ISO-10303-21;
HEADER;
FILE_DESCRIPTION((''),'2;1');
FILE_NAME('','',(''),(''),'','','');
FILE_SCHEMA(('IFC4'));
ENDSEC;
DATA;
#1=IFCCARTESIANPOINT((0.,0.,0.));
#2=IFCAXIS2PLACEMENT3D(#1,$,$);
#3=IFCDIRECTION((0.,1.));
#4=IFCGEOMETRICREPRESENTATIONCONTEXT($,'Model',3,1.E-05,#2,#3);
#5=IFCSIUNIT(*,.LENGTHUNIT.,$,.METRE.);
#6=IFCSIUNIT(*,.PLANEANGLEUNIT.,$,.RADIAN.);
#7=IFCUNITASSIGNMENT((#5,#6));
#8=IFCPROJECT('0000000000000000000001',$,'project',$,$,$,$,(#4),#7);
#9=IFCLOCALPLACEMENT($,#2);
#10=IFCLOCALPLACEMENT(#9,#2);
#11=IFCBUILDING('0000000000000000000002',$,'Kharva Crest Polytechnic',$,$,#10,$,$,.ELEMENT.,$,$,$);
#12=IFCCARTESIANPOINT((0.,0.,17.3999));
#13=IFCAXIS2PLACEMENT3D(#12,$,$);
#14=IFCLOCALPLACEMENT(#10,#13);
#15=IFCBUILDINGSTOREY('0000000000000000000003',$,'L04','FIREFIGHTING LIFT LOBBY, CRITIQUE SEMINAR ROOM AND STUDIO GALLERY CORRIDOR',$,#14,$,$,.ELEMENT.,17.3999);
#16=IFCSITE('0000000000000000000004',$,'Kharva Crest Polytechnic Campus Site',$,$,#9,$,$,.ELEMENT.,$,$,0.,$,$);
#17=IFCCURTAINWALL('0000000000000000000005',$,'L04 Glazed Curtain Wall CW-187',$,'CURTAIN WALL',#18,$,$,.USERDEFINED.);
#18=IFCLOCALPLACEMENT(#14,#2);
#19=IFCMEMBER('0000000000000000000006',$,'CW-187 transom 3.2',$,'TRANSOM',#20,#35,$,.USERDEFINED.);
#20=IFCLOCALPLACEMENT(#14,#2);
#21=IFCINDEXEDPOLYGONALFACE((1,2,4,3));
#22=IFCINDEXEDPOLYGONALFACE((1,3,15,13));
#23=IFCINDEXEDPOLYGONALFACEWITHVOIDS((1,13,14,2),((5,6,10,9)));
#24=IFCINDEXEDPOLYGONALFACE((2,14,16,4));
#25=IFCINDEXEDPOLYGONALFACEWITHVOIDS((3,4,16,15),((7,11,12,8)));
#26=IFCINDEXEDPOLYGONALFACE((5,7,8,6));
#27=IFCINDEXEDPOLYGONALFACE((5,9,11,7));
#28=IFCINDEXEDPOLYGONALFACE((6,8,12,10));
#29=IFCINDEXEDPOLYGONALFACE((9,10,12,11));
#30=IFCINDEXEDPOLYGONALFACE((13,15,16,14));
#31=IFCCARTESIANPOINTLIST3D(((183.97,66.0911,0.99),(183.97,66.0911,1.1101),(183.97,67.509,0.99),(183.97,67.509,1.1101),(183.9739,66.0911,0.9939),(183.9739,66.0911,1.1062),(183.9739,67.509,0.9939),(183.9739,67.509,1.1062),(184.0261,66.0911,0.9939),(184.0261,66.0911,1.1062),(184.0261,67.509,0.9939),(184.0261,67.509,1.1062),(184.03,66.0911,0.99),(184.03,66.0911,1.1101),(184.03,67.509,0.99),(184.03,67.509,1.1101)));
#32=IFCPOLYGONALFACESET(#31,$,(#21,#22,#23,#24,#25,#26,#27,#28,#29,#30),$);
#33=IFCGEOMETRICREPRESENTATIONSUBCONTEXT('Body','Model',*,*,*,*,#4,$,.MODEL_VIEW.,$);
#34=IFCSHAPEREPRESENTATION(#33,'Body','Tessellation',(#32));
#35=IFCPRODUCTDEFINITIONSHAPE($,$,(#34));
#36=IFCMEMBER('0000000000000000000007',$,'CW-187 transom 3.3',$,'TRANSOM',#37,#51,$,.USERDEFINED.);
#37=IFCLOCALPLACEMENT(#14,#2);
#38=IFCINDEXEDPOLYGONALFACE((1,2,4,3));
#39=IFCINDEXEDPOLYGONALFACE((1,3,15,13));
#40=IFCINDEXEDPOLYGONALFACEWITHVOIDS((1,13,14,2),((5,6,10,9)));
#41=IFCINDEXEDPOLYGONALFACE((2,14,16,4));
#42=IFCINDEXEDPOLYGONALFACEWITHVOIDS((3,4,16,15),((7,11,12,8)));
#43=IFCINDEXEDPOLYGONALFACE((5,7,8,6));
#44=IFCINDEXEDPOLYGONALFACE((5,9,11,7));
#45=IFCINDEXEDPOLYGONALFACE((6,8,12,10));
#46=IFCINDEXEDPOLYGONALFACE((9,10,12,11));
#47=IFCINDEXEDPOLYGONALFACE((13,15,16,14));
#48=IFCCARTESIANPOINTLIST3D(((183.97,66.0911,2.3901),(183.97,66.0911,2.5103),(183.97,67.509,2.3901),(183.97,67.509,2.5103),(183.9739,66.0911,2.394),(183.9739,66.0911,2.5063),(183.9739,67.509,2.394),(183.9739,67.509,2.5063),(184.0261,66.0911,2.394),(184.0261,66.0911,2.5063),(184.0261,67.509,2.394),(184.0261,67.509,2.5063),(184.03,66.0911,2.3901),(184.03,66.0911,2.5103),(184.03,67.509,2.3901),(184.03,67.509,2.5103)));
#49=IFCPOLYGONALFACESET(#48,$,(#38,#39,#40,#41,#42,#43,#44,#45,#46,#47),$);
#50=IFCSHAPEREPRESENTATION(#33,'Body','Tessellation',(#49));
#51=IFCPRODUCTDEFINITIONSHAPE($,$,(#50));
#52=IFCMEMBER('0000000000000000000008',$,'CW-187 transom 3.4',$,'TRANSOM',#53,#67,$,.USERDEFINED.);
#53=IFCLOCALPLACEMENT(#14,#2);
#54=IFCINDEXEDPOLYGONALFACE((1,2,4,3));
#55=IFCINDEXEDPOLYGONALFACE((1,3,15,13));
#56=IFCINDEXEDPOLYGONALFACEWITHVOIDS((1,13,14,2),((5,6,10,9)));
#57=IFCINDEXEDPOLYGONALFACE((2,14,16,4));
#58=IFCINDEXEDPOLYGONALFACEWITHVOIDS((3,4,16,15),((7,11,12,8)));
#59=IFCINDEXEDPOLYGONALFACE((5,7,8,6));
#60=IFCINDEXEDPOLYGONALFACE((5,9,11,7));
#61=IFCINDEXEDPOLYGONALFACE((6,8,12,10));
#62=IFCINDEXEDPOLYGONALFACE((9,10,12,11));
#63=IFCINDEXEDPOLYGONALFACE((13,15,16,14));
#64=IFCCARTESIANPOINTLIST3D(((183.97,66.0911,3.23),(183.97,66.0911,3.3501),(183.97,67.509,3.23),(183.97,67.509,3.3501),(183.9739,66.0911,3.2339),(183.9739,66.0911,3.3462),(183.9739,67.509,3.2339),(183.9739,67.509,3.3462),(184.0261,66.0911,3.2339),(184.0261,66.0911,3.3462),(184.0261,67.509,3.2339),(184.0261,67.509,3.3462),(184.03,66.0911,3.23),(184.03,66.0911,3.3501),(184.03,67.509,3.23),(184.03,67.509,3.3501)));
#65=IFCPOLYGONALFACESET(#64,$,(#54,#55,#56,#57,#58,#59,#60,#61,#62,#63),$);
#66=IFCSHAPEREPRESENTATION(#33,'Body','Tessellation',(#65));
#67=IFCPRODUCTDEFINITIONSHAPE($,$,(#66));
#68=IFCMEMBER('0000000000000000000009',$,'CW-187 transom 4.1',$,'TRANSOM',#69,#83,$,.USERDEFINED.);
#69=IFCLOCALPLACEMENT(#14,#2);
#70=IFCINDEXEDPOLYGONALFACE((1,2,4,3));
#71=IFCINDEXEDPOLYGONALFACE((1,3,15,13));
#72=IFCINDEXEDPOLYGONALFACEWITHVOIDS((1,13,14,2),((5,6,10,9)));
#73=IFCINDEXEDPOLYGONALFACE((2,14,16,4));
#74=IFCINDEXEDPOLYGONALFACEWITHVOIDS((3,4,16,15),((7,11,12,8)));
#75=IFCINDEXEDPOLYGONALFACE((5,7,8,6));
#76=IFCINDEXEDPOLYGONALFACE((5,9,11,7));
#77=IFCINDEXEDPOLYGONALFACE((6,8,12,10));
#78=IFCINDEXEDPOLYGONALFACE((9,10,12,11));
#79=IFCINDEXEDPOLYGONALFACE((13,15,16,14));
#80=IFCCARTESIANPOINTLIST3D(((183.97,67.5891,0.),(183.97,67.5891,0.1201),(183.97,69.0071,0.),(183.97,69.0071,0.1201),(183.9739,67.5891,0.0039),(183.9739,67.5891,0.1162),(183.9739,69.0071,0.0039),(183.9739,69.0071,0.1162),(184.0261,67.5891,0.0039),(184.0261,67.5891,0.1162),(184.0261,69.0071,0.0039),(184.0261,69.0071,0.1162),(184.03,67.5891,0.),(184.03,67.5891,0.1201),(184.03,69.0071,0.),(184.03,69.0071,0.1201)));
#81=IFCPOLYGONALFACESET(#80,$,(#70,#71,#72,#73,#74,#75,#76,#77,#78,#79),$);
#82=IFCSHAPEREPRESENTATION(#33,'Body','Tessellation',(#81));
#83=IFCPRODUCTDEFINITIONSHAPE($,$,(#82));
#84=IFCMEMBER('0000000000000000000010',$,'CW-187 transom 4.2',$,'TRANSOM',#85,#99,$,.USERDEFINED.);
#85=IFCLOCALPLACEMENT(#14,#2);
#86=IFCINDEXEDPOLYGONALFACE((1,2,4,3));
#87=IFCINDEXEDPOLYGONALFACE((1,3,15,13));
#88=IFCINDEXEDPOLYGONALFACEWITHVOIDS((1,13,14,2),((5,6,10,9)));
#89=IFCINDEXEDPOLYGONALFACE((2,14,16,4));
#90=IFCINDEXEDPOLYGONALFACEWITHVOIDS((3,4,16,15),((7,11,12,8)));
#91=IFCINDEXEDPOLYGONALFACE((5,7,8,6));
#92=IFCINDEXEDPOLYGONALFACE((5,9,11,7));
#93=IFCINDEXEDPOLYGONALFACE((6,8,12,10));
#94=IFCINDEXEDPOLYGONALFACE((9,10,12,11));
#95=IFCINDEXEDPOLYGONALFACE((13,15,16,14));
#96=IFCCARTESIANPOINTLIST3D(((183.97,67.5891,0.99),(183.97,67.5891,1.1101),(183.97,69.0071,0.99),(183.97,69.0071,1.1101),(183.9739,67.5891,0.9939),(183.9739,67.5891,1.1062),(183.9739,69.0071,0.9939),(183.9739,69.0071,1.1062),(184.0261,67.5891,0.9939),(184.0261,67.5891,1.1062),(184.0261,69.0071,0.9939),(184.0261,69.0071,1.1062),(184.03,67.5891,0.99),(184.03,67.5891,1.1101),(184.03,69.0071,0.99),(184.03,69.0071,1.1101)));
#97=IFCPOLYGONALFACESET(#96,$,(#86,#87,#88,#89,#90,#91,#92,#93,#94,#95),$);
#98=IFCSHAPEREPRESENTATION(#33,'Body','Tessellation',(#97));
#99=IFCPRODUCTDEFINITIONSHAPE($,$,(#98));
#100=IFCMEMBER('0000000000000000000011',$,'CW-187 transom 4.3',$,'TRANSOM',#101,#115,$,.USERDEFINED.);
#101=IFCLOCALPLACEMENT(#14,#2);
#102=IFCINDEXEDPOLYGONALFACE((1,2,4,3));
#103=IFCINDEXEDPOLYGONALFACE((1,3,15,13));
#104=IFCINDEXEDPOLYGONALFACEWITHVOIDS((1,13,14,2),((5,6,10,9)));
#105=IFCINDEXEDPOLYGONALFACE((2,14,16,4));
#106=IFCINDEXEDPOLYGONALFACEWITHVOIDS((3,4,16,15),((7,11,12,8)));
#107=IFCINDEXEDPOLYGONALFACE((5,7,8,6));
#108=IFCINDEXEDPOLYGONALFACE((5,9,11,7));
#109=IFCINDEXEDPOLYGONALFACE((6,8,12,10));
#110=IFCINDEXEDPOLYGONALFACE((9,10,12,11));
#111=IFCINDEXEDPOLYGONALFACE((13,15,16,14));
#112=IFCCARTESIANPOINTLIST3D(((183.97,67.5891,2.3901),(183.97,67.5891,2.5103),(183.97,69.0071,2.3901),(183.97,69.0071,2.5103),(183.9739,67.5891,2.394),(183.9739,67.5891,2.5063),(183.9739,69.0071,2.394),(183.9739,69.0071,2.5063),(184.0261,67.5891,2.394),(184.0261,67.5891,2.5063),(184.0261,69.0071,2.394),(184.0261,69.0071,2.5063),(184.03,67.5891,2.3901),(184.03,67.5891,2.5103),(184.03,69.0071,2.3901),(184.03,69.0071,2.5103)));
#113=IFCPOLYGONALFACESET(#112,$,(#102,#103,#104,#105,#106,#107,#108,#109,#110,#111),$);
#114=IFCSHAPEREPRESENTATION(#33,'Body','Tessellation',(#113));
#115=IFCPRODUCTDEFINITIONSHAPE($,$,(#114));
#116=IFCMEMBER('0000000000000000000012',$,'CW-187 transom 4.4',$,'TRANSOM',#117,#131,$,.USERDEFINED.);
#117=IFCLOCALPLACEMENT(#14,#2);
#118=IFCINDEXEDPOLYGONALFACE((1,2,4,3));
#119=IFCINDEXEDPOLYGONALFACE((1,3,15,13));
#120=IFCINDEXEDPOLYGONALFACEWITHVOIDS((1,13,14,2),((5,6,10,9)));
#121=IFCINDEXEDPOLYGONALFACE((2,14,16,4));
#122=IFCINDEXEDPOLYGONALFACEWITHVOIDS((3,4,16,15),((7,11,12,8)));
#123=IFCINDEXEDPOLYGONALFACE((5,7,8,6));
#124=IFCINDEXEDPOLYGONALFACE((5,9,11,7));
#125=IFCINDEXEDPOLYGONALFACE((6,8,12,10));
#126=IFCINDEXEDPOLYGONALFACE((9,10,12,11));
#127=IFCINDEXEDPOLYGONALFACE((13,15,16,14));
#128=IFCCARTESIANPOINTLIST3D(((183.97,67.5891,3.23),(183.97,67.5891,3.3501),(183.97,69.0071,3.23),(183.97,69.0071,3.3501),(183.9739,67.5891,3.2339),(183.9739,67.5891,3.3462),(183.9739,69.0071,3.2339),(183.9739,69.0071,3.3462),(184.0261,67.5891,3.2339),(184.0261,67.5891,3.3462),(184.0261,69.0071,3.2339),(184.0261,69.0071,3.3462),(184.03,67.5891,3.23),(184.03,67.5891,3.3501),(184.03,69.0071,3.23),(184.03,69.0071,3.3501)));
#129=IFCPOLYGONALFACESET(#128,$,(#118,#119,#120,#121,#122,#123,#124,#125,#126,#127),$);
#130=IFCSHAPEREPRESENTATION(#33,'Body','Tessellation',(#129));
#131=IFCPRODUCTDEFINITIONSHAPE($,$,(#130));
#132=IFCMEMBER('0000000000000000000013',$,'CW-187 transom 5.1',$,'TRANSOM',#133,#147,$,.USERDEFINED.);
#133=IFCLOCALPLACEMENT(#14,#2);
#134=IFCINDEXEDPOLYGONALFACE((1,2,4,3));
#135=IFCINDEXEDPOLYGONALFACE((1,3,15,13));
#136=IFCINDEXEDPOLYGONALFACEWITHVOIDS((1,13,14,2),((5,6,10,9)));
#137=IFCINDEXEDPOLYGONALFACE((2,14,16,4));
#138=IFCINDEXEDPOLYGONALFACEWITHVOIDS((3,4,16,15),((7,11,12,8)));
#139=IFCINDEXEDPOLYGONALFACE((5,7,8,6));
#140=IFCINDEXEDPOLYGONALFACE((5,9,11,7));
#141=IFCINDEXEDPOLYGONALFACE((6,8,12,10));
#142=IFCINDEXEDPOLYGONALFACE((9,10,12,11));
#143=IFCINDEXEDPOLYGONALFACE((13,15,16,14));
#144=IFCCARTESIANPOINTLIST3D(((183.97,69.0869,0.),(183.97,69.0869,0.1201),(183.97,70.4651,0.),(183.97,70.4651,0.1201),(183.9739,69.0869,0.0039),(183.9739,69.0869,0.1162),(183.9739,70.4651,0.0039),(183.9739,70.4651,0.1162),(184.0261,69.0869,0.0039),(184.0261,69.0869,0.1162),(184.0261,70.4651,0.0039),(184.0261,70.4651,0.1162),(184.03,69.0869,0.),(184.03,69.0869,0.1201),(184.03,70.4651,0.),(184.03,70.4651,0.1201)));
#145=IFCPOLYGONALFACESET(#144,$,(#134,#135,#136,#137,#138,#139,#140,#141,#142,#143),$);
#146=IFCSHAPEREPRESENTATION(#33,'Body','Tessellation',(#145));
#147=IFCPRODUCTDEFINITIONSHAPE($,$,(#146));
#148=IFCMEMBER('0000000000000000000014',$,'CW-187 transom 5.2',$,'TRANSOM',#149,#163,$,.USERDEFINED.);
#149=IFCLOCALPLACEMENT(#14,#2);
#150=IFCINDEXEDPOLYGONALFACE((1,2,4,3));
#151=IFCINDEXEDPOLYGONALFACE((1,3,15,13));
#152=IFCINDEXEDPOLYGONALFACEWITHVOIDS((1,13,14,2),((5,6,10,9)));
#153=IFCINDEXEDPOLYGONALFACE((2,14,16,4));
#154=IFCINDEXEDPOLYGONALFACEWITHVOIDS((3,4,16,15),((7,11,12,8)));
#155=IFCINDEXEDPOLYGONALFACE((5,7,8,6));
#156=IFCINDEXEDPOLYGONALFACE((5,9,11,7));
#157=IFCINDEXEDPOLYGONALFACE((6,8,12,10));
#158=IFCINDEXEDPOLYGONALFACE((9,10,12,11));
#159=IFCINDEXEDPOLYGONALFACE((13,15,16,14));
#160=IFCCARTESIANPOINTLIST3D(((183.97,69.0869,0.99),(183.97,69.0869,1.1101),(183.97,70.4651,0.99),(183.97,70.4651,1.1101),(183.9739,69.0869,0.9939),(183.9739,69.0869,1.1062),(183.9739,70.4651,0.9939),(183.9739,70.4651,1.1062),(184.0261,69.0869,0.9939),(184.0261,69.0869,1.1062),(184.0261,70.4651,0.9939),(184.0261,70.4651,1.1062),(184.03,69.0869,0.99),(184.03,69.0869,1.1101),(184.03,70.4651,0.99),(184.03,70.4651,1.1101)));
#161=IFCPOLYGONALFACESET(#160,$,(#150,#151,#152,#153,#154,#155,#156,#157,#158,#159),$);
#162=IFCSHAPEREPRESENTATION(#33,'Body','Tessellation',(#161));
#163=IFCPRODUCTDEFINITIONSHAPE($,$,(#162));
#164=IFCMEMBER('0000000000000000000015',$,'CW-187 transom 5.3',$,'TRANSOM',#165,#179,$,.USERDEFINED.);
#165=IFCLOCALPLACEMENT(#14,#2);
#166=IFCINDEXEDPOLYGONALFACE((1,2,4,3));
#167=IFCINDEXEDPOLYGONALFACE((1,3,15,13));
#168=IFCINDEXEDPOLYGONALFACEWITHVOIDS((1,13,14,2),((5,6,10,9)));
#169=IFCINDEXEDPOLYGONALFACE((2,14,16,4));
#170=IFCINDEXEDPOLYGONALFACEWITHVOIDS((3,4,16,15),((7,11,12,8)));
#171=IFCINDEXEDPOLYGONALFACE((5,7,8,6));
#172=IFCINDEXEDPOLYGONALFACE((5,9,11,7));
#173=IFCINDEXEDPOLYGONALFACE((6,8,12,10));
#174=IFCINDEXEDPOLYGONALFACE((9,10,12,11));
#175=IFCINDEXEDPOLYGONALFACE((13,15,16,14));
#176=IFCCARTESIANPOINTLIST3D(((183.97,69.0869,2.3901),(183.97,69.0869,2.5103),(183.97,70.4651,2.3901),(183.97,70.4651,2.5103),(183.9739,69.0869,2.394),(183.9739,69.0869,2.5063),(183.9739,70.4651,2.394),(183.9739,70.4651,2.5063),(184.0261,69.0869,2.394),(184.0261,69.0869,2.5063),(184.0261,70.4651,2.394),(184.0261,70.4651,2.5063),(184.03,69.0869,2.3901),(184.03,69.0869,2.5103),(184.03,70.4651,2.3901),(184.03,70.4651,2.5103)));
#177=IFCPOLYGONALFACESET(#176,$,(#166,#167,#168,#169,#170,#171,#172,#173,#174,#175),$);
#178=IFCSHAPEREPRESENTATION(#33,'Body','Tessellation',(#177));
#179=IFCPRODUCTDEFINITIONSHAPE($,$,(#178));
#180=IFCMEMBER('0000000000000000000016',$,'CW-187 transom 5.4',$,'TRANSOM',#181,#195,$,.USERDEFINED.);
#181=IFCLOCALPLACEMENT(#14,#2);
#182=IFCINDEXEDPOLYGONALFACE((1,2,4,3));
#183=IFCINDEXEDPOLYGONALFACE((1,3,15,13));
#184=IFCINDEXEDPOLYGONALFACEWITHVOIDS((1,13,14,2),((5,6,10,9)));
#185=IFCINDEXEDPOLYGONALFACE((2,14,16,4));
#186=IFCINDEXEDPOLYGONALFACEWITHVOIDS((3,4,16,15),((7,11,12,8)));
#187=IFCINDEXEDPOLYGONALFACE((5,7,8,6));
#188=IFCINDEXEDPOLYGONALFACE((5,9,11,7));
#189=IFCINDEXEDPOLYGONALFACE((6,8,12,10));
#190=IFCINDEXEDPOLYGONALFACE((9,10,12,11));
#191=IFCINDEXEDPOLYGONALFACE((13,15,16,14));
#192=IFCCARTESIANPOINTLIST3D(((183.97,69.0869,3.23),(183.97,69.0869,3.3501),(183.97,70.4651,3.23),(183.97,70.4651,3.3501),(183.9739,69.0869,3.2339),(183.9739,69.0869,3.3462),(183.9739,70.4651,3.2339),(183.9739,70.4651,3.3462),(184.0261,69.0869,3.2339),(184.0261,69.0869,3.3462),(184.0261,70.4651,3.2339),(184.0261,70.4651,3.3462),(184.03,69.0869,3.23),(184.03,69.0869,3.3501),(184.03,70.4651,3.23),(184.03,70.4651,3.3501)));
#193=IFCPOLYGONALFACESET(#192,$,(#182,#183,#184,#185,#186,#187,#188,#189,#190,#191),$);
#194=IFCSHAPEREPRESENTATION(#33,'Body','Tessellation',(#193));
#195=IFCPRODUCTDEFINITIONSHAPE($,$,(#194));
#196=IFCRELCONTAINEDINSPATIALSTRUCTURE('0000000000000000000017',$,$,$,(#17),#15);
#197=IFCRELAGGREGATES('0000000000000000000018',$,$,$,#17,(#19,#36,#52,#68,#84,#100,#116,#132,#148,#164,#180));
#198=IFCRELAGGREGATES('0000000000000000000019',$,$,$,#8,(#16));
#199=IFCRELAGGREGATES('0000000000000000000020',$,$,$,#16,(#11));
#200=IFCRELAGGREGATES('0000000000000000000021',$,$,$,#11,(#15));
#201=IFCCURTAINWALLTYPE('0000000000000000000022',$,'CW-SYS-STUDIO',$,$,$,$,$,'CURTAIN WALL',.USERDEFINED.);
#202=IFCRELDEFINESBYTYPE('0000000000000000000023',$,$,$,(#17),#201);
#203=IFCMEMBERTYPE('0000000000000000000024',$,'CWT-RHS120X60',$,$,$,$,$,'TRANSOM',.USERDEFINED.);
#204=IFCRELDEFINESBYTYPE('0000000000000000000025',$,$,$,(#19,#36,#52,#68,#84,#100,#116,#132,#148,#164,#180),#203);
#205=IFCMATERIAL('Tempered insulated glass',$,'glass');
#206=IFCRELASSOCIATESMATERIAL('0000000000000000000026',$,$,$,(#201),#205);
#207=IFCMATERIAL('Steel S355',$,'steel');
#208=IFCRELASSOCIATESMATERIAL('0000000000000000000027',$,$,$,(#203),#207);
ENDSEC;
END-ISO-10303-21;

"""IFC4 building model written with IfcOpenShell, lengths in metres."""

from ifc_helpers import new_model, si_unit, direction, frame, origin, origin_2d, place, context, subcontext, project, spatial, hollow_rectangle, extrude, material, material_profile, profile_set, type_object, element, aggregate, save


model = new_model("IFC4")

# Units and contexts
model_context = context("Model", 3, precision=1e-05, world=origin(), true_north=direction((0.0, 1.0)))
body_context = subcontext(model_context, "Body", "Model", "MODEL_VIEW")
ifc_project = project(units=[si_unit("LENGTHUNIT", "METRE"), si_unit("PLANEANGLEUNIT", "RADIAN")], contexts=[model_context])

# Site, building, storey
site_placement = place(None, origin())
site = spatial("IfcSite", under=ifc_project, at=site_placement, Name="Kharva Crest Polytechnic Campus Site", CompositionType="ELEMENT", RefElevation=0.0)
building_placement = place(site_placement, origin())
building = spatial("IfcBuilding", under=site, at=building_placement, Name="Kharva Crest Polytechnic", CompositionType="ELEMENT")
storey_placement = place(building_placement, frame((0.0, 0.0, 17.3999)))
storey = spatial("IfcBuildingStorey", under=building, at=storey_placement, Name="L04", Description="FIREFIGHTING LIFT LOBBY, CRITIQUE SEMINAR ROOM AND STUDIO GALLERY CORRIDOR", CompositionType="ELEMENT", Elevation=17.3999)

# Curtain wall, members
ifc_material_1 = material(Name="Tempered insulated glass", Category="glass")
curtain_wall_type = type_object("IfcCurtainWallType", Name="CW-SYS-STUDIO", ElementType="CURTAIN WALL", PredefinedType="USERDEFINED", material=ifc_material_1)
curtain_wall_placement = place(storey_placement, origin())
curtain_wall = element("IfcCurtainWall", 1, at=curtain_wall_placement, inside=storey, type_object=curtain_wall_type, Name="L04 Glazed Curtain Wall CW-187", ObjectType="CURTAIN WALL", PredefinedType="USERDEFINED")
ifc_material_2 = material(Name="Steel S355", Category="steel")
ifc_material_profile_1 = material_profile(ifc_material_2, hollow_rectangle(XDim=0.0601, YDim=0.1201, WallThickness=0.0039, at=origin_2d()), Name="RHS 120X60X4.0")
ifc_profile_set_1 = profile_set([ifc_material_profile_1], Name="Steel S355")
member_type_1 = type_object("IfcMemberType", Name="CWT-RHS120X60", ElementType="TRANSOM", PredefinedType="USERDEFINED", material=ifc_profile_set_1)
member_1_placement = place(storey_placement, frame((184.0, 66.0911, 1.05), z_axis=(0.0, 1.0, 0.0), x_axis=(-1.0, 0.0, 0.0)))
member_1 = element("IfcMember", 2, at=member_1_placement, type_object=member_type_1, Name="CW-187 transom 3.2", ObjectType="TRANSOM", PredefinedType="USERDEFINED", context=body_context, shape_type="SweptSolid", body=[
    extrude(hollow_rectangle(XDim=0.0601, YDim=0.1201, WallThickness=0.0039, at=origin_2d()), origin(), (0.0, 0.0, 1.0), 1.418),
])
member_2_placement = place(storey_placement, frame((184.0, 66.0911, 2.4502), z_axis=(0.0, 1.0, 0.0), x_axis=(-1.0, 0.0, 0.0)))
member_2 = element("IfcMember", 3, at=member_2_placement, type_object=member_type_1, Name="CW-187 transom 3.3", ObjectType="TRANSOM", PredefinedType="USERDEFINED", context=body_context, shape_type="SweptSolid", body=[
    extrude(hollow_rectangle(XDim=0.0601, YDim=0.1201, WallThickness=0.0039, at=origin_2d()), origin(), (0.0, 0.0, 1.0), 1.418),
])
member_3_placement = place(storey_placement, frame((184.0, 66.0911, 3.29), z_axis=(0.0, 1.0, 0.0), x_axis=(-1.0, 0.0, 0.0)))
member_3 = element("IfcMember", 4, at=member_3_placement, type_object=member_type_1, Name="CW-187 transom 3.4", ObjectType="TRANSOM", PredefinedType="USERDEFINED", context=body_context, shape_type="SweptSolid", body=[
    extrude(hollow_rectangle(XDim=0.0601, YDim=0.1201, WallThickness=0.0039, at=origin_2d()), origin(), (0.0, 0.0, 1.0), 1.418),
])
member_4_placement = place(storey_placement, frame((184.0, 67.5891, 0.0601), z_axis=(0.0, 1.0, 0.0), x_axis=(-1.0, 0.0, 0.0)))
member_4 = element("IfcMember", 5, at=member_4_placement, type_object=member_type_1, Name="CW-187 transom 4.1", ObjectType="TRANSOM", PredefinedType="USERDEFINED", context=body_context, shape_type="SweptSolid", body=[
    extrude(hollow_rectangle(XDim=0.0601, YDim=0.1201, WallThickness=0.0039, at=origin_2d()), origin(), (0.0, 0.0, 1.0), 1.418),
])
member_5_placement = place(storey_placement, frame((184.0, 67.5891, 1.05), z_axis=(0.0, 1.0, 0.0), x_axis=(-1.0, 0.0, 0.0)))
member_5 = element("IfcMember", 6, at=member_5_placement, type_object=member_type_1, Name="CW-187 transom 4.2", ObjectType="TRANSOM", PredefinedType="USERDEFINED", context=body_context, shape_type="SweptSolid", body=[
    extrude(hollow_rectangle(XDim=0.0601, YDim=0.1201, WallThickness=0.0039, at=origin_2d()), origin(), (0.0, 0.0, 1.0), 1.418),
])
member_6_placement = place(storey_placement, frame((184.0, 67.5891, 2.4502), z_axis=(0.0, 1.0, 0.0), x_axis=(-1.0, 0.0, 0.0)))
member_6 = element("IfcMember", 7, at=member_6_placement, type_object=member_type_1, Name="CW-187 transom 4.3", ObjectType="TRANSOM", PredefinedType="USERDEFINED", context=body_context, shape_type="SweptSolid", body=[
    extrude(hollow_rectangle(XDim=0.0601, YDim=0.1201, WallThickness=0.0039, at=origin_2d()), origin(), (0.0, 0.0, 1.0), 1.418),
])
member_7_placement = place(storey_placement, frame((184.0, 67.5891, 3.29), z_axis=(0.0, 1.0, 0.0), x_axis=(-1.0, 0.0, 0.0)))
member_7 = element("IfcMember", 8, at=member_7_placement, type_object=member_type_1, Name="CW-187 transom 4.4", ObjectType="TRANSOM", PredefinedType="USERDEFINED", context=body_context, shape_type="SweptSolid", body=[
    extrude(hollow_rectangle(XDim=0.0601, YDim=0.1201, WallThickness=0.0039, at=origin_2d()), origin(), (0.0, 0.0, 1.0), 1.418),
])
member_8_placement = place(storey_placement, frame((184.0, 69.0869, 0.0601), z_axis=(0.0, 1.0, 0.0), x_axis=(-1.0, 0.0, 0.0)))
member_8 = element("IfcMember", 9, at=member_8_placement, type_object=member_type_1, Name="CW-187 transom 5.1", ObjectType="TRANSOM", PredefinedType="USERDEFINED", context=body_context, shape_type="SweptSolid", body=[
    extrude(hollow_rectangle(XDim=0.0601, YDim=0.1201, WallThickness=0.0039, at=origin_2d()), origin(), (0.0, 0.0, 1.0), 1.3782),
])
member_9_placement = place(storey_placement, frame((184.0, 69.0869, 1.05), z_axis=(0.0, 1.0, 0.0), x_axis=(-1.0, 0.0, 0.0)))
member_9 = element("IfcMember", 10, at=member_9_placement, type_object=member_type_1, Name="CW-187 transom 5.2", ObjectType="TRANSOM", PredefinedType="USERDEFINED", context=body_context, shape_type="SweptSolid", body=[
    extrude(hollow_rectangle(XDim=0.0601, YDim=0.1201, WallThickness=0.0039, at=origin_2d()), origin(), (0.0, 0.0, 1.0), 1.3782),
])
member_10_placement = place(storey_placement, frame((184.0, 69.0869, 2.4502), z_axis=(0.0, 1.0, 0.0), x_axis=(-1.0, 0.0, 0.0)))
member_10 = element("IfcMember", 11, at=member_10_placement, type_object=member_type_1, Name="CW-187 transom 5.3", ObjectType="TRANSOM", PredefinedType="USERDEFINED", context=body_context, shape_type="SweptSolid", body=[
    extrude(hollow_rectangle(XDim=0.0601, YDim=0.1201, WallThickness=0.0039, at=origin_2d()), origin(), (0.0, 0.0, 1.0), 1.3782),
])
member_11_placement = place(storey_placement, frame((184.0, 69.0869, 3.29), z_axis=(0.0, 1.0, 0.0), x_axis=(-1.0, 0.0, 0.0)))
member_11 = element("IfcMember", 12, at=member_11_placement, type_object=member_type_1, Name="CW-187 transom 5.4", ObjectType="TRANSOM", PredefinedType="USERDEFINED", context=body_context, shape_type="SweptSolid", body=[
    extrude(hollow_rectangle(XDim=0.0601, YDim=0.1201, WallThickness=0.0039, at=origin_2d()), origin(), (0.0, 0.0, 1.0), 1.3782),
])
aggregate(curtain_wall, [member_1, member_2, member_3, member_4, member_5, member_6, member_7, member_8, member_9, member_10, member_11])

save(model, "model.ifc")
